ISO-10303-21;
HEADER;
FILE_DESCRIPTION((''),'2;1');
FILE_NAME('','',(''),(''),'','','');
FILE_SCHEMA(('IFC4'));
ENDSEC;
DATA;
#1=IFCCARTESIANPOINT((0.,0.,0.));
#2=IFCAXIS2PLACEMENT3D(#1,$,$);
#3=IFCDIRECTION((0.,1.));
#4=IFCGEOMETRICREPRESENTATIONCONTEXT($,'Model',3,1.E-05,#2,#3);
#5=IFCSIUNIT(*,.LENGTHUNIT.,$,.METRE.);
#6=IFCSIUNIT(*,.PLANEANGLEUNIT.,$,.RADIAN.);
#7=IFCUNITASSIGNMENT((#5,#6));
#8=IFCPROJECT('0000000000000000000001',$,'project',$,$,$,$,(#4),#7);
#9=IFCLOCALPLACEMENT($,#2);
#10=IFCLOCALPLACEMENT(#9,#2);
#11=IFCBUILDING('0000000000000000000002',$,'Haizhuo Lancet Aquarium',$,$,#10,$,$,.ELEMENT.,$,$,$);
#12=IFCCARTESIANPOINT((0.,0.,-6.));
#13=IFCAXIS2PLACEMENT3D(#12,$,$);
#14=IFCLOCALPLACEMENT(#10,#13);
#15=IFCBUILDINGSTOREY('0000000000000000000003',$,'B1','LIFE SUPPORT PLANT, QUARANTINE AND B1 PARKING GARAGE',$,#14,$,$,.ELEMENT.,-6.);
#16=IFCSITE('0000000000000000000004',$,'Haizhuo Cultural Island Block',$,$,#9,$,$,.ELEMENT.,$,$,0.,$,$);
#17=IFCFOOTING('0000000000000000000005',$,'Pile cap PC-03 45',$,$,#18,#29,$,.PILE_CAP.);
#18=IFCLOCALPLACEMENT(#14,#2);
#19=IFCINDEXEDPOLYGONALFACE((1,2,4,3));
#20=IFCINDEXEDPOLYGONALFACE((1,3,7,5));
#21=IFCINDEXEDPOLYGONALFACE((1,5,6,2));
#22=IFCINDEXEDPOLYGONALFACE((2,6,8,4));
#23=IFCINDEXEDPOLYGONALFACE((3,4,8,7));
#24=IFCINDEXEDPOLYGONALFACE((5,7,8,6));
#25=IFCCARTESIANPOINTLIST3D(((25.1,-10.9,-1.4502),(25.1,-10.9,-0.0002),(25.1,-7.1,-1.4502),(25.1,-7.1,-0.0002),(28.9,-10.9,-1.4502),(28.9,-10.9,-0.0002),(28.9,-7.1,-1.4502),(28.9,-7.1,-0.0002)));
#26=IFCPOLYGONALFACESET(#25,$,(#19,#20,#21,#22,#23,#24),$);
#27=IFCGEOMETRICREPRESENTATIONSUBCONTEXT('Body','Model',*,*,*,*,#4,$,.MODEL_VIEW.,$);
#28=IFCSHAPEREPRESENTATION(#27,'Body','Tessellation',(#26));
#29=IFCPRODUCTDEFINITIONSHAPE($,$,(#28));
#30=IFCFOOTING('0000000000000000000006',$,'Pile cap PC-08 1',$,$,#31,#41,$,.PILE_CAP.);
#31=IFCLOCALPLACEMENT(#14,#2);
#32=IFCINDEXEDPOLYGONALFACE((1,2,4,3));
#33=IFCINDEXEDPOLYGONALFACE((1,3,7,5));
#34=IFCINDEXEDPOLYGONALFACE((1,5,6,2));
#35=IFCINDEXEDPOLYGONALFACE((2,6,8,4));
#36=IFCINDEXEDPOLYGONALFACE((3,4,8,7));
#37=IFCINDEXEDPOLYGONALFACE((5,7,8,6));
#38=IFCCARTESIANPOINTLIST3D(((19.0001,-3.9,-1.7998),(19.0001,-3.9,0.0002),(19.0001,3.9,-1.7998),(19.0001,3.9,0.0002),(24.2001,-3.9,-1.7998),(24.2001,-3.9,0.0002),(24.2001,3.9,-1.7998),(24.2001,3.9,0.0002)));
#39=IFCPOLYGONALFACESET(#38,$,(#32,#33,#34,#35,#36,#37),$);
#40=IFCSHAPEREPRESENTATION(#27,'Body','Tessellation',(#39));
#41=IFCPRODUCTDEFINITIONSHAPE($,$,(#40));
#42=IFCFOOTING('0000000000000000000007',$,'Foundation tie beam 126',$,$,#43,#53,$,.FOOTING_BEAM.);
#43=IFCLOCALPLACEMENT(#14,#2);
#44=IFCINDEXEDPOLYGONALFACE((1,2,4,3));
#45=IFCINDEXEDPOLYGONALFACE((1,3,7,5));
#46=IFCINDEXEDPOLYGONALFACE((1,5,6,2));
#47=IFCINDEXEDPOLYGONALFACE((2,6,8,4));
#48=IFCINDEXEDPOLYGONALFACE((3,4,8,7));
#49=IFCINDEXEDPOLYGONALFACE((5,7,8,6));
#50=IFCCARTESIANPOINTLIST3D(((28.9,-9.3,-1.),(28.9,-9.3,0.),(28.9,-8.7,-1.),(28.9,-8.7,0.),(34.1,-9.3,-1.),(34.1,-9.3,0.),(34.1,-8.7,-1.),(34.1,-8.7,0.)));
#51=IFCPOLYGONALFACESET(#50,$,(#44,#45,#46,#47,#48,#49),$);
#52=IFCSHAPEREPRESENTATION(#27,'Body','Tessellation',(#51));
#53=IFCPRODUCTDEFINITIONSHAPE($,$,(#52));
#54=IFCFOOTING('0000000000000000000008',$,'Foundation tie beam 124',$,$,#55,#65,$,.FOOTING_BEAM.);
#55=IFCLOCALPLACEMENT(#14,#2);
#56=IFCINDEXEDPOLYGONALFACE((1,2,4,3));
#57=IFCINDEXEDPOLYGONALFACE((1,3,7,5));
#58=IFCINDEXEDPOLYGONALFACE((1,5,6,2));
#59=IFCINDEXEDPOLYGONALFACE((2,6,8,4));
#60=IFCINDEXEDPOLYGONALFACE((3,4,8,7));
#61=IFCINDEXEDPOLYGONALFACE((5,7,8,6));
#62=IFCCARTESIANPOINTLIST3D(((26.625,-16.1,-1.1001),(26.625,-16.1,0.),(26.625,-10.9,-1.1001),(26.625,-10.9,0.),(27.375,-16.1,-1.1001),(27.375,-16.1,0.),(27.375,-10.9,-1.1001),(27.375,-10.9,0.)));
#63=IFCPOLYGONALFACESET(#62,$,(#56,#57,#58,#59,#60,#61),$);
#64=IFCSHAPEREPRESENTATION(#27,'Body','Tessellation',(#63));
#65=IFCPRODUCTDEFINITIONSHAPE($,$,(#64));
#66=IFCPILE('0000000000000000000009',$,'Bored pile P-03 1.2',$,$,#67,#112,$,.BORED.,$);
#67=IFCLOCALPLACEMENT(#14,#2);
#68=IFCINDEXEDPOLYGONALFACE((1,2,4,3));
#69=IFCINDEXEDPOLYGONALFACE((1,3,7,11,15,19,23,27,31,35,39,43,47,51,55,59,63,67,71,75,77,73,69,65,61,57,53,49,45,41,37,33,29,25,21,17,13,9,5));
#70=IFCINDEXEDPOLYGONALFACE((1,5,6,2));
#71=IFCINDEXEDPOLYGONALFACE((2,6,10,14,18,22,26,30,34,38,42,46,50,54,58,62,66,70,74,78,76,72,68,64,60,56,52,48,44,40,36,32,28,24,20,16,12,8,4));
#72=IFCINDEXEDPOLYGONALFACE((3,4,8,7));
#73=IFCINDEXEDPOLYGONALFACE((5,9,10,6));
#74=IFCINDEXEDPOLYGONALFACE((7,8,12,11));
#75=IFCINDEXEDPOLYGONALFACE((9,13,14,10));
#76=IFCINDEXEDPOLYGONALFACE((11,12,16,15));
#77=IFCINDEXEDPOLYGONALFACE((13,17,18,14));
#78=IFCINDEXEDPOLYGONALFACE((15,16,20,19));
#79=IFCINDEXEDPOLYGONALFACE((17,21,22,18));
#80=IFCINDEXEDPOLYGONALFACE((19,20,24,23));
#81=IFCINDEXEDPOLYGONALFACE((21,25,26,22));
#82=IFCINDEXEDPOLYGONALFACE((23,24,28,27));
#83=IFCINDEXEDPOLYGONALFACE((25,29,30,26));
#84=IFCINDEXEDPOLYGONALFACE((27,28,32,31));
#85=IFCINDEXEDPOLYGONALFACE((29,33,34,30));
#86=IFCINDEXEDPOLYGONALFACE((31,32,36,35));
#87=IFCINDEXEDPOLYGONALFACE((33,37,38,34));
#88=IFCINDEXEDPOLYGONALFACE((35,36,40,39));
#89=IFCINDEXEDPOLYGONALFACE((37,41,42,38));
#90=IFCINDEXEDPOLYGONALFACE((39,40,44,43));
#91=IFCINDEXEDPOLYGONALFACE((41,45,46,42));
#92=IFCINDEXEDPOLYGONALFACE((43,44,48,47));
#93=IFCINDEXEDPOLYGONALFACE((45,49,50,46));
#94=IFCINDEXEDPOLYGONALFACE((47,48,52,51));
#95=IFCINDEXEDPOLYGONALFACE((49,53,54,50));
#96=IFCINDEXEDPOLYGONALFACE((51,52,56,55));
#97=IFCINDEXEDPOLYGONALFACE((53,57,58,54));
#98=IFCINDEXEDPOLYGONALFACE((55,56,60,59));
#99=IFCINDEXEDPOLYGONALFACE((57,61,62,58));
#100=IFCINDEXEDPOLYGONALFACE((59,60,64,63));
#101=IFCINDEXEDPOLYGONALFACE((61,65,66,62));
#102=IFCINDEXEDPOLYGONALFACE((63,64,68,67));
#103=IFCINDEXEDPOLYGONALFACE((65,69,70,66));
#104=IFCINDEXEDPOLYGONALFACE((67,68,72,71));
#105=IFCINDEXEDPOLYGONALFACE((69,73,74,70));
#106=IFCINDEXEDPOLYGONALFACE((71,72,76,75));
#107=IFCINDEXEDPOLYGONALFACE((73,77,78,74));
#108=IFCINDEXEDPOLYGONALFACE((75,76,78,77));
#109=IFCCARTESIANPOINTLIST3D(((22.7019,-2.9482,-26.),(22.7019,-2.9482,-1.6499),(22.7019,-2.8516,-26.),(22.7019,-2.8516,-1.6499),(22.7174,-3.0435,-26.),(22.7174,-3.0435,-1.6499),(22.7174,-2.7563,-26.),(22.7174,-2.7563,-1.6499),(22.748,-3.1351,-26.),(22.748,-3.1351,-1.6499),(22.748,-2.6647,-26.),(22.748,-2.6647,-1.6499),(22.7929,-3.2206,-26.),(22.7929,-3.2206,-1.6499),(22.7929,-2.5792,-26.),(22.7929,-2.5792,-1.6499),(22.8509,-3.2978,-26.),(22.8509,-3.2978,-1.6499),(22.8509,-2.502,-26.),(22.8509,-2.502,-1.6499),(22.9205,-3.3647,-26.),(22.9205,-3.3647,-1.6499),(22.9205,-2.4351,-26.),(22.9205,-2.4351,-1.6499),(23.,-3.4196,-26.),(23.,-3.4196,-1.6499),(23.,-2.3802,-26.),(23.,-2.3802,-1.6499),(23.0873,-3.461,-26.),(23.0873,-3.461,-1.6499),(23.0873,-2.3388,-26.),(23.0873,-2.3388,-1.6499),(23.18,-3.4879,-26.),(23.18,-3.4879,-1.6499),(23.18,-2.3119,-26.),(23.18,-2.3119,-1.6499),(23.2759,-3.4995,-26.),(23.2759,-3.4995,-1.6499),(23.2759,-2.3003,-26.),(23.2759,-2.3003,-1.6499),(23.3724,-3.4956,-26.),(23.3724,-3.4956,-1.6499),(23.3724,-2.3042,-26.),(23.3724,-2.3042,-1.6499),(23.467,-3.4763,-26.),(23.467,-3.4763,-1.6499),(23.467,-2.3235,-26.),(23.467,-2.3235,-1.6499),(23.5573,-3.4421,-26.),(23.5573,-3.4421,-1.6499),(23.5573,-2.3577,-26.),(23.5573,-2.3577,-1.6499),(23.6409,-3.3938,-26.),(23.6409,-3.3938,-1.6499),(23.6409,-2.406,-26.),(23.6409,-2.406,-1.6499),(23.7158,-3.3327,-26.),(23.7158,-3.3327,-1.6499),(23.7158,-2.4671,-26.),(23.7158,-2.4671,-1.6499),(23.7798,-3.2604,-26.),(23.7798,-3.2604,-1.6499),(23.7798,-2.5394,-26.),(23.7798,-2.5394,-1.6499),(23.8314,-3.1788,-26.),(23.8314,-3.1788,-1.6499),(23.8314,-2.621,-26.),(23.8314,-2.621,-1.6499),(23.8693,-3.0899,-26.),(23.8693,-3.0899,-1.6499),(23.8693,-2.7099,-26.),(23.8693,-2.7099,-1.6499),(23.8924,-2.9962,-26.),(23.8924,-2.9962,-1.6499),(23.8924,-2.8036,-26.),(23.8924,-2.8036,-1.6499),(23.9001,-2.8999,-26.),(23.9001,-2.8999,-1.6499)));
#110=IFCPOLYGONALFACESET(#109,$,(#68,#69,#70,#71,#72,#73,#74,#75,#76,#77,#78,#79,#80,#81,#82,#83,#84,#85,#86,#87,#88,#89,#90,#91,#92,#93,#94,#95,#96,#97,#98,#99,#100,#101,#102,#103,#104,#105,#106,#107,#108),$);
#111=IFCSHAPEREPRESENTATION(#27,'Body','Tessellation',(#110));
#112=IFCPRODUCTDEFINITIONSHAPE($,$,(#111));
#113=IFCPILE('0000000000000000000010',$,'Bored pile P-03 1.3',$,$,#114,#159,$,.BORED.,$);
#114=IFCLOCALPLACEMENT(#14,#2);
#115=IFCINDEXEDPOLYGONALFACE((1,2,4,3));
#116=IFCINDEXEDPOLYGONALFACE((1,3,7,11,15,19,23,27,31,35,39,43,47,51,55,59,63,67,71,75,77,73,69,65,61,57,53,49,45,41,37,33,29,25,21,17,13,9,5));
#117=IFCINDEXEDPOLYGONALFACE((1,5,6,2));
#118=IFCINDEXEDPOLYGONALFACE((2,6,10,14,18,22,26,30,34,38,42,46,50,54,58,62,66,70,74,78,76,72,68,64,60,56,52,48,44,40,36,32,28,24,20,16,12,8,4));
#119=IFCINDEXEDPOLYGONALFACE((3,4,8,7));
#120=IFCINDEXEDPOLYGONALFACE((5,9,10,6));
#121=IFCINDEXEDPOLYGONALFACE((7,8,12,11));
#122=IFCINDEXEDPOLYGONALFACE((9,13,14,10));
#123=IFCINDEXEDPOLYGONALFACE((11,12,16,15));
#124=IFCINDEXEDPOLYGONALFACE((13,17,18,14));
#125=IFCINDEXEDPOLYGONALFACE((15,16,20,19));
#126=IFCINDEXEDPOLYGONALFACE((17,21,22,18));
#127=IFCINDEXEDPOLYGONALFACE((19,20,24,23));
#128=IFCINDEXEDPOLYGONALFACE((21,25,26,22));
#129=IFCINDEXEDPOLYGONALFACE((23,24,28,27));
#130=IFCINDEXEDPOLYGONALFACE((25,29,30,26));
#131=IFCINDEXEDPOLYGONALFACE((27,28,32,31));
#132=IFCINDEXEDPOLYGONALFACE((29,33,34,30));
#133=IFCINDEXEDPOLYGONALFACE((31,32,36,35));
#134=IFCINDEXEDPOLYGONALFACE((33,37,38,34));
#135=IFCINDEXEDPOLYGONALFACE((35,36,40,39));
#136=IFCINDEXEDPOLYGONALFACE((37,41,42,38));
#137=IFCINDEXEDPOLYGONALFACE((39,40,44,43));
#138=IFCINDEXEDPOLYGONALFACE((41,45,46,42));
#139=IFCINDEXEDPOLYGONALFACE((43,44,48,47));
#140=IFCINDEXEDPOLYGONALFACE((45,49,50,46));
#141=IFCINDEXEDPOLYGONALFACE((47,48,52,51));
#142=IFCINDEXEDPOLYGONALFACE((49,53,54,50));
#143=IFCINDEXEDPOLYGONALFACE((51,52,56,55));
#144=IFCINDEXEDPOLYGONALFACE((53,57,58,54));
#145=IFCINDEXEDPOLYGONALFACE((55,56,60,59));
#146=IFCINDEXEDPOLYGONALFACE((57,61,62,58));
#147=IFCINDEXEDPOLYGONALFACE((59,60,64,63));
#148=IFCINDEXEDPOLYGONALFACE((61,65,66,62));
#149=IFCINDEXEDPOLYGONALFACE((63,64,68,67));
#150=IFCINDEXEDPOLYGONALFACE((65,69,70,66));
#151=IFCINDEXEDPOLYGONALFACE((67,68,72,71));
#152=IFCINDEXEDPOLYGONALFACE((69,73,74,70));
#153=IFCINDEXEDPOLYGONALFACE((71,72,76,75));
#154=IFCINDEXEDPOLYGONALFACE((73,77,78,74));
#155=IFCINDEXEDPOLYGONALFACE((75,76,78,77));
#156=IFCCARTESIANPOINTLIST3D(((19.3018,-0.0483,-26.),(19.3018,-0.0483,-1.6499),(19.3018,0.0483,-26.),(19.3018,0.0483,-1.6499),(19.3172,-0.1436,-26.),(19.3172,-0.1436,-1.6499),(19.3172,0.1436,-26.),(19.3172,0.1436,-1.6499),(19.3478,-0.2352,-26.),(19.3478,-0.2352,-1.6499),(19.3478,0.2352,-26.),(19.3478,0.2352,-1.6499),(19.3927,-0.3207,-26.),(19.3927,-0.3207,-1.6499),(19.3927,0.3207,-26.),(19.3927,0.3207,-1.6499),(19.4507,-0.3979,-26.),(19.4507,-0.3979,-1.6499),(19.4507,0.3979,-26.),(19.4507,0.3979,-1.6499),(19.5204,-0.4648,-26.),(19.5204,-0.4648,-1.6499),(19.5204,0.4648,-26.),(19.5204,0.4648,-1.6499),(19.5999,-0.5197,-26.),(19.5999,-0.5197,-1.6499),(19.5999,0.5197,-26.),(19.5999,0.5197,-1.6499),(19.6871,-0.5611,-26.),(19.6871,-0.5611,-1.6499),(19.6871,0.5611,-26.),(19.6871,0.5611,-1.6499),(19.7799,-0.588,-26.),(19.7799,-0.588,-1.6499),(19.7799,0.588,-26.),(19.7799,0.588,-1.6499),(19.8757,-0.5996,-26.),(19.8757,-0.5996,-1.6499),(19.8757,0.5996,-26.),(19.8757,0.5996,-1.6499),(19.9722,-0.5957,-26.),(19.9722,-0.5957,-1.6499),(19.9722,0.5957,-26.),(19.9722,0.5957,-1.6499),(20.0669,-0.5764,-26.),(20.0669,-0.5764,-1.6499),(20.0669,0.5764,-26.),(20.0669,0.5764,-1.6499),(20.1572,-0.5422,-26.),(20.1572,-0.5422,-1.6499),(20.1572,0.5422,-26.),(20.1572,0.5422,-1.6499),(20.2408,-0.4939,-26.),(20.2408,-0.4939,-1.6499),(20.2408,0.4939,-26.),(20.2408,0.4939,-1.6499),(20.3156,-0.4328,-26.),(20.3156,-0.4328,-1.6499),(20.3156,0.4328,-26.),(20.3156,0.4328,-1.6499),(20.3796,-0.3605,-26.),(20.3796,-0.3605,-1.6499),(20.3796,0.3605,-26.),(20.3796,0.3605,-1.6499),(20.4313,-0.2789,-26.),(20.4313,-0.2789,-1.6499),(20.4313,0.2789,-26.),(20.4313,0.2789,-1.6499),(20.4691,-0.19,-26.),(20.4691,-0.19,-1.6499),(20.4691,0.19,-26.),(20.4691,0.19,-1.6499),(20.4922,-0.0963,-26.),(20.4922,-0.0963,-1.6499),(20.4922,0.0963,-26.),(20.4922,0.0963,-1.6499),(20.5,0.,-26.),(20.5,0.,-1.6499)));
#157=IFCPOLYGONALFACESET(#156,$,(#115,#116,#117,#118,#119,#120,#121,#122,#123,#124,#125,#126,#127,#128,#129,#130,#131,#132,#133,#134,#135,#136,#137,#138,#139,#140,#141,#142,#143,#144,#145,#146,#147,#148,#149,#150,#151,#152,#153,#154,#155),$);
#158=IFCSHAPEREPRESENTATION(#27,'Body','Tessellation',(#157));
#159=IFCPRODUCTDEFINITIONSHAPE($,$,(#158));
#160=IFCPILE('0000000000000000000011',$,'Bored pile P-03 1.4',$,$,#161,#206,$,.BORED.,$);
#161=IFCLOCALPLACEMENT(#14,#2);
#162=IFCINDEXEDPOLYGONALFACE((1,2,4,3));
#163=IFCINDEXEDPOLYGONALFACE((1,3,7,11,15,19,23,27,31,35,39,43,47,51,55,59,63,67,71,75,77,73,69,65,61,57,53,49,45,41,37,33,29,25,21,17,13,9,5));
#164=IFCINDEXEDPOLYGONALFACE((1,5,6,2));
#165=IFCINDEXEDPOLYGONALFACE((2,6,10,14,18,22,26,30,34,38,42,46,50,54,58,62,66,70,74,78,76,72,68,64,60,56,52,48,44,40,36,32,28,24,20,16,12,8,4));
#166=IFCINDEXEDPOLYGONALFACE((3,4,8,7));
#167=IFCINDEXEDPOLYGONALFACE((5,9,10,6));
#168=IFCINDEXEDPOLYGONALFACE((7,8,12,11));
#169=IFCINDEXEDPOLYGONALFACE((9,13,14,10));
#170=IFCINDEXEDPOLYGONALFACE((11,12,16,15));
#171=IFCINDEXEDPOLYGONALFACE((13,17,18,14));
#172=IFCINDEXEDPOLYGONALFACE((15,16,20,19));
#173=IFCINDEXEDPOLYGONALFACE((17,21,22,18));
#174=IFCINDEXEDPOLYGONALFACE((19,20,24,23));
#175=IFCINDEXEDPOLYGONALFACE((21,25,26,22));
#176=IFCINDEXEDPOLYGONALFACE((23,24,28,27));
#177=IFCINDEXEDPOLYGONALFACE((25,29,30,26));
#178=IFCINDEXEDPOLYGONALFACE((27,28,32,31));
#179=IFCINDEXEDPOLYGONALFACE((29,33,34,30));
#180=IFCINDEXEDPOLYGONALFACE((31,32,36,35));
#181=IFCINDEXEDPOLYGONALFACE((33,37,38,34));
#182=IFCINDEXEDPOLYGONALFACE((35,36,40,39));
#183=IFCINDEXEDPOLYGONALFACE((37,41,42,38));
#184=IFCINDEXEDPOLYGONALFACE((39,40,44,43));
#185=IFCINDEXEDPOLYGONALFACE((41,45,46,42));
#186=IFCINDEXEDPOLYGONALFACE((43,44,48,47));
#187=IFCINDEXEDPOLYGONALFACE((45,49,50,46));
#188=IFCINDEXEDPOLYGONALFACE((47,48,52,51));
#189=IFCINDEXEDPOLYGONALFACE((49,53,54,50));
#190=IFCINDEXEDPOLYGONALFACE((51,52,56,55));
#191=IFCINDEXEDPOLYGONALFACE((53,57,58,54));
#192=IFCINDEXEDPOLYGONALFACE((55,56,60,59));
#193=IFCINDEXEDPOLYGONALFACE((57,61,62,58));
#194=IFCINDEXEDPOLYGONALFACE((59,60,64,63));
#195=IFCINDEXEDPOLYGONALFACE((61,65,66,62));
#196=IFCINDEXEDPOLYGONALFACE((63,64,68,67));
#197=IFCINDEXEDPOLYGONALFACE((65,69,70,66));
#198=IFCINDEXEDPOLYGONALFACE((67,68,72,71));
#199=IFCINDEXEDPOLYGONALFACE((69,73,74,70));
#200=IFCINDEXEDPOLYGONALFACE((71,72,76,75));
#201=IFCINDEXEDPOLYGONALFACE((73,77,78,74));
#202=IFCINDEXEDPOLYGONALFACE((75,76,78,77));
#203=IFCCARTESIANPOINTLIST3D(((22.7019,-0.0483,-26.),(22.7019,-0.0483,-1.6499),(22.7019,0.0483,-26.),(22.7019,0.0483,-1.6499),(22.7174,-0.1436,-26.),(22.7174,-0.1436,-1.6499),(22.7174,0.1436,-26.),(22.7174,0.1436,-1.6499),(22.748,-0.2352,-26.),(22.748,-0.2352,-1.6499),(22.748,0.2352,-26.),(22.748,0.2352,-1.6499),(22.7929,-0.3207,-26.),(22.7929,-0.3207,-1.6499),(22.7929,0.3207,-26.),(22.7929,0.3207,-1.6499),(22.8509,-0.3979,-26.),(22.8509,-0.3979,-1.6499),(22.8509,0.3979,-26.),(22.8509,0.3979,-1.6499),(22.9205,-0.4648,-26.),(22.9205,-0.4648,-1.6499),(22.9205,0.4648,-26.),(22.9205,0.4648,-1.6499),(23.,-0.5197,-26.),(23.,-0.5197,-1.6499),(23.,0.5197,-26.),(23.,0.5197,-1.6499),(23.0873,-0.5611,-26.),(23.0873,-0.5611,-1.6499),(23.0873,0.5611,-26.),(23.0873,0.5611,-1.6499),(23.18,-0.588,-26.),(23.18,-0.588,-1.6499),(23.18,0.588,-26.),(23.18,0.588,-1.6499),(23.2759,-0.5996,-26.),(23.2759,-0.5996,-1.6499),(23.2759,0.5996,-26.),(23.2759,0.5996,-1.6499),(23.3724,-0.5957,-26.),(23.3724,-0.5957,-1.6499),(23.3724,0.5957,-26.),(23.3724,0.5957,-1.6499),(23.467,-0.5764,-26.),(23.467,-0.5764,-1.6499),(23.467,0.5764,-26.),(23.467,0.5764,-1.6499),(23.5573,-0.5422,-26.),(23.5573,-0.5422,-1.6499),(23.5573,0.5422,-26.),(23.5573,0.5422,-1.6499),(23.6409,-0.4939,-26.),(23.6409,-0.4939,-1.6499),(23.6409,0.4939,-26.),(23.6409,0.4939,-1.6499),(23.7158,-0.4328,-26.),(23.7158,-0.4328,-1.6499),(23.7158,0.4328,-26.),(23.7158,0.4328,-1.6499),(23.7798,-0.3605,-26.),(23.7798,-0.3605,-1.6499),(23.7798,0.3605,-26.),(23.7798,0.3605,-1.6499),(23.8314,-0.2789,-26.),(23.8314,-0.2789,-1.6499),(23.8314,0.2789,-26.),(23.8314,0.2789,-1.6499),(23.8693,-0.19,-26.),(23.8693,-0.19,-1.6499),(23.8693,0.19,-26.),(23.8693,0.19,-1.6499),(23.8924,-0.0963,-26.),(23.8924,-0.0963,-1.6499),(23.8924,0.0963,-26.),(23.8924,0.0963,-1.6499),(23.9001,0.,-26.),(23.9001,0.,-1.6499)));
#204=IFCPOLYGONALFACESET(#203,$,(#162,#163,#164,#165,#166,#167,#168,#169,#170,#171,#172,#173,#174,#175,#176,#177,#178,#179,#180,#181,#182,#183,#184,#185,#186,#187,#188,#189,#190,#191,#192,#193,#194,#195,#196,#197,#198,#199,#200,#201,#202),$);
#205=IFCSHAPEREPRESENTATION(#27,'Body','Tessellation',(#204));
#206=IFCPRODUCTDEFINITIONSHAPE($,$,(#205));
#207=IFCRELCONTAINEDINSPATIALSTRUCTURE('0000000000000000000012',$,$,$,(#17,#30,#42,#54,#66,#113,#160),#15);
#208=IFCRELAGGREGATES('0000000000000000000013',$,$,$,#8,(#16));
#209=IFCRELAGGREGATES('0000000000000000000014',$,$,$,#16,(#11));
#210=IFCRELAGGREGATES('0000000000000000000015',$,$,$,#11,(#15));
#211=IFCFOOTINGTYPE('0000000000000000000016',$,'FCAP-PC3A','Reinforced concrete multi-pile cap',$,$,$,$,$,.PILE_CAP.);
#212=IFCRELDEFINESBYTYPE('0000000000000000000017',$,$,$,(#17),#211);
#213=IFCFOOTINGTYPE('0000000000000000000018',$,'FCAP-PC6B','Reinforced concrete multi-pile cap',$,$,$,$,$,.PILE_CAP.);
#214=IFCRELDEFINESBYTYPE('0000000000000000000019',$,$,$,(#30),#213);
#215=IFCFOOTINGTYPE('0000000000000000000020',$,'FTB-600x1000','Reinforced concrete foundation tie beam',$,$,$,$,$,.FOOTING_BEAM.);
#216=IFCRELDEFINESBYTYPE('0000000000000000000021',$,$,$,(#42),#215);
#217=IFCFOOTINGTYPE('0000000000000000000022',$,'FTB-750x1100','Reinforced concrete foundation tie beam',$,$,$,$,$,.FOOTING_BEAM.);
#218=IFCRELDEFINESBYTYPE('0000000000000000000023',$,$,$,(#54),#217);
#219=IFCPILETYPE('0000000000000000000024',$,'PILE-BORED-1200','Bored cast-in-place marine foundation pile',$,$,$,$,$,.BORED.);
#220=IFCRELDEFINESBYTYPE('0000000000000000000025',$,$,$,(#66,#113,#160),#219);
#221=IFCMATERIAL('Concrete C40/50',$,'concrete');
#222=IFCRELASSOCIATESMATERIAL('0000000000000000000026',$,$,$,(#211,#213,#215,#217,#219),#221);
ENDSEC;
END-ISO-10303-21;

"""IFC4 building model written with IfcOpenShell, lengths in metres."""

from ifc_helpers import new_model, si_unit, direction, frame, origin, origin_2d, place, context, subcontext, project, spatial, rectangle, circle, extrude, material, material_profile, profile_set, type_object, element, save


model = new_model("IFC4")

# Units and contexts
model_context = context("Model", 3, precision=1e-05, world=origin(), true_north=direction((0.0, 1.0)))
body_context = subcontext(model_context, "Body", "Model", "MODEL_VIEW")
ifc_project = project(units=[si_unit("LENGTHUNIT", "METRE"), si_unit("PLANEANGLEUNIT", "RADIAN")], contexts=[model_context])

# Site, building, storey
site_placement = place(None, origin())
site = spatial("IfcSite", under=ifc_project, at=site_placement, Name="Haizhuo Cultural Island Block", CompositionType="ELEMENT", RefElevation=0.0)
building_placement = place(site_placement, origin())
building = spatial("IfcBuilding", under=site, at=building_placement, Name="Haizhuo Lancet Aquarium", CompositionType="ELEMENT")
storey_placement = place(building_placement, frame((0.0, 0.0, -6.0)))
storey = spatial("IfcBuildingStorey", under=building, at=storey_placement, Name="B1", Description="LIFE SUPPORT PLANT, QUARANTINE AND B1 PARKING GARAGE", CompositionType="ELEMENT", Elevation=-6.0)

# Footings
ifc_material_1 = material(Name="Concrete C40/50", Category="concrete")
footing_type_1 = type_object("IfcFootingType", Name="FCAP-PC3A", Description="Reinforced concrete multi-pile cap", PredefinedType="PILE_CAP", material=ifc_material_1)
footing_1_placement = place(storey_placement, frame((27.0, -9.0, -1.4502), z_axis=(0.0, 0.0, 1.0), x_axis=(1.0, 0.0, 0.0)))
element("IfcFooting", 1, at=footing_1_placement, inside=storey, type_object=footing_type_1, Name="Pile cap PC-03 45", PredefinedType="PILE_CAP", context=body_context, shape_type="SweptSolid", body=[
    extrude(rectangle(XDim=3.8, YDim=3.8, at=origin_2d()), origin(), (0.0, 0.0, 1.0), 1.45),
])
footing_type_2 = type_object("IfcFootingType", Name="FCAP-PC6B", Description="Reinforced concrete multi-pile cap", PredefinedType="PILE_CAP", material=ifc_material_1)
footing_2_placement = place(storey_placement, frame((21.6001, 0.0, -1.7998), z_axis=(0.0, 0.0, 1.0), x_axis=(1.0, 0.0, 0.0)))
element("IfcFooting", 2, at=footing_2_placement, inside=storey, type_object=footing_type_2, Name="Pile cap PC-08 1", PredefinedType="PILE_CAP", context=body_context, shape_type="SweptSolid", body=[
    extrude(rectangle(XDim=5.2, YDim=7.8, at=origin_2d()), origin(), (0.0, 0.0, 1.0), 1.8),
])
footing_type_3 = type_object("IfcFootingType", Name="FTB-600x1000", Description="Reinforced concrete foundation tie beam", PredefinedType="FOOTING_BEAM", material=ifc_material_1)
footing_3_placement = place(storey_placement, frame((31.5, -9.0, -1.0), z_axis=(0.0, 0.0, 1.0), x_axis=(1.0, 0.0, 0.0)))
element("IfcFooting", 3, at=footing_3_placement, inside=storey, type_object=footing_type_3, Name="Foundation tie beam 126", PredefinedType="FOOTING_BEAM", context=body_context, shape_type="SweptSolid", body=[
    extrude(rectangle(XDim=5.2, YDim=0.6001, at=origin_2d()), origin(), (0.0, 0.0, 1.0), 1.0),
])
footing_type_4 = type_object("IfcFootingType", Name="FTB-750x1100", Description="Reinforced concrete foundation tie beam", PredefinedType="FOOTING_BEAM", material=ifc_material_1)
footing_4_placement = place(storey_placement, frame((27.0, -13.5, -1.1001), z_axis=(0.0, 0.0, 1.0), x_axis=(0.0, 1.0, 0.0)))
element("IfcFooting", 4, at=footing_4_placement, inside=storey, type_object=footing_type_4, Name="Foundation tie beam 124", PredefinedType="FOOTING_BEAM", context=body_context, shape_type="SweptSolid", body=[
    extrude(rectangle(XDim=5.2, YDim=0.75, at=origin_2d()), origin(), (0.0, 0.0, 1.0), 1.1001),
])

# Piles
ifc_material_profile_1 = material_profile(ifc_material_1, circle(Radius=0.6001, at=origin_2d()), Name="PILE-1200")
ifc_profile_set_1 = profile_set([ifc_material_profile_1], Name="Concrete C40/50")
pile_type_1 = type_object("IfcPileType", Name="PILE-BORED-1200", Description="Bored cast-in-place marine foundation pile", PredefinedType="BORED", material=ifc_profile_set_1)
for number, where, z_axis, x_axis, name in (
    (5, (23.3, -2.8999, -1.6499), (0.0, 0.0, -1.0), (1.0, 0.0, 0.0), "Bored pile P-03 1.2"),
    (6, (19.8999, 0.0, -1.6499), (0.0, 0.0, -1.0), (1.0, 0.0, 0.0), "Bored pile P-03 1.3"),
    (7, (23.3, 0.0, -1.6499), (0.0, 0.0, -1.0), (1.0, 0.0, 0.0), "Bored pile P-03 1.4"),
):
    element("IfcPile", number, at=place(storey_placement, frame(where, z_axis=z_axis, x_axis=x_axis)), inside=storey, type_object=pile_type_1, Name=name, PredefinedType="BORED", context=body_context, shape_type="SweptSolid", body=[
        extrude(circle(Radius=0.6001, at=origin_2d()), origin(), (0.0, 0.0, 1.0), 24.3501),
    ])

save(model, "model.ifc")
